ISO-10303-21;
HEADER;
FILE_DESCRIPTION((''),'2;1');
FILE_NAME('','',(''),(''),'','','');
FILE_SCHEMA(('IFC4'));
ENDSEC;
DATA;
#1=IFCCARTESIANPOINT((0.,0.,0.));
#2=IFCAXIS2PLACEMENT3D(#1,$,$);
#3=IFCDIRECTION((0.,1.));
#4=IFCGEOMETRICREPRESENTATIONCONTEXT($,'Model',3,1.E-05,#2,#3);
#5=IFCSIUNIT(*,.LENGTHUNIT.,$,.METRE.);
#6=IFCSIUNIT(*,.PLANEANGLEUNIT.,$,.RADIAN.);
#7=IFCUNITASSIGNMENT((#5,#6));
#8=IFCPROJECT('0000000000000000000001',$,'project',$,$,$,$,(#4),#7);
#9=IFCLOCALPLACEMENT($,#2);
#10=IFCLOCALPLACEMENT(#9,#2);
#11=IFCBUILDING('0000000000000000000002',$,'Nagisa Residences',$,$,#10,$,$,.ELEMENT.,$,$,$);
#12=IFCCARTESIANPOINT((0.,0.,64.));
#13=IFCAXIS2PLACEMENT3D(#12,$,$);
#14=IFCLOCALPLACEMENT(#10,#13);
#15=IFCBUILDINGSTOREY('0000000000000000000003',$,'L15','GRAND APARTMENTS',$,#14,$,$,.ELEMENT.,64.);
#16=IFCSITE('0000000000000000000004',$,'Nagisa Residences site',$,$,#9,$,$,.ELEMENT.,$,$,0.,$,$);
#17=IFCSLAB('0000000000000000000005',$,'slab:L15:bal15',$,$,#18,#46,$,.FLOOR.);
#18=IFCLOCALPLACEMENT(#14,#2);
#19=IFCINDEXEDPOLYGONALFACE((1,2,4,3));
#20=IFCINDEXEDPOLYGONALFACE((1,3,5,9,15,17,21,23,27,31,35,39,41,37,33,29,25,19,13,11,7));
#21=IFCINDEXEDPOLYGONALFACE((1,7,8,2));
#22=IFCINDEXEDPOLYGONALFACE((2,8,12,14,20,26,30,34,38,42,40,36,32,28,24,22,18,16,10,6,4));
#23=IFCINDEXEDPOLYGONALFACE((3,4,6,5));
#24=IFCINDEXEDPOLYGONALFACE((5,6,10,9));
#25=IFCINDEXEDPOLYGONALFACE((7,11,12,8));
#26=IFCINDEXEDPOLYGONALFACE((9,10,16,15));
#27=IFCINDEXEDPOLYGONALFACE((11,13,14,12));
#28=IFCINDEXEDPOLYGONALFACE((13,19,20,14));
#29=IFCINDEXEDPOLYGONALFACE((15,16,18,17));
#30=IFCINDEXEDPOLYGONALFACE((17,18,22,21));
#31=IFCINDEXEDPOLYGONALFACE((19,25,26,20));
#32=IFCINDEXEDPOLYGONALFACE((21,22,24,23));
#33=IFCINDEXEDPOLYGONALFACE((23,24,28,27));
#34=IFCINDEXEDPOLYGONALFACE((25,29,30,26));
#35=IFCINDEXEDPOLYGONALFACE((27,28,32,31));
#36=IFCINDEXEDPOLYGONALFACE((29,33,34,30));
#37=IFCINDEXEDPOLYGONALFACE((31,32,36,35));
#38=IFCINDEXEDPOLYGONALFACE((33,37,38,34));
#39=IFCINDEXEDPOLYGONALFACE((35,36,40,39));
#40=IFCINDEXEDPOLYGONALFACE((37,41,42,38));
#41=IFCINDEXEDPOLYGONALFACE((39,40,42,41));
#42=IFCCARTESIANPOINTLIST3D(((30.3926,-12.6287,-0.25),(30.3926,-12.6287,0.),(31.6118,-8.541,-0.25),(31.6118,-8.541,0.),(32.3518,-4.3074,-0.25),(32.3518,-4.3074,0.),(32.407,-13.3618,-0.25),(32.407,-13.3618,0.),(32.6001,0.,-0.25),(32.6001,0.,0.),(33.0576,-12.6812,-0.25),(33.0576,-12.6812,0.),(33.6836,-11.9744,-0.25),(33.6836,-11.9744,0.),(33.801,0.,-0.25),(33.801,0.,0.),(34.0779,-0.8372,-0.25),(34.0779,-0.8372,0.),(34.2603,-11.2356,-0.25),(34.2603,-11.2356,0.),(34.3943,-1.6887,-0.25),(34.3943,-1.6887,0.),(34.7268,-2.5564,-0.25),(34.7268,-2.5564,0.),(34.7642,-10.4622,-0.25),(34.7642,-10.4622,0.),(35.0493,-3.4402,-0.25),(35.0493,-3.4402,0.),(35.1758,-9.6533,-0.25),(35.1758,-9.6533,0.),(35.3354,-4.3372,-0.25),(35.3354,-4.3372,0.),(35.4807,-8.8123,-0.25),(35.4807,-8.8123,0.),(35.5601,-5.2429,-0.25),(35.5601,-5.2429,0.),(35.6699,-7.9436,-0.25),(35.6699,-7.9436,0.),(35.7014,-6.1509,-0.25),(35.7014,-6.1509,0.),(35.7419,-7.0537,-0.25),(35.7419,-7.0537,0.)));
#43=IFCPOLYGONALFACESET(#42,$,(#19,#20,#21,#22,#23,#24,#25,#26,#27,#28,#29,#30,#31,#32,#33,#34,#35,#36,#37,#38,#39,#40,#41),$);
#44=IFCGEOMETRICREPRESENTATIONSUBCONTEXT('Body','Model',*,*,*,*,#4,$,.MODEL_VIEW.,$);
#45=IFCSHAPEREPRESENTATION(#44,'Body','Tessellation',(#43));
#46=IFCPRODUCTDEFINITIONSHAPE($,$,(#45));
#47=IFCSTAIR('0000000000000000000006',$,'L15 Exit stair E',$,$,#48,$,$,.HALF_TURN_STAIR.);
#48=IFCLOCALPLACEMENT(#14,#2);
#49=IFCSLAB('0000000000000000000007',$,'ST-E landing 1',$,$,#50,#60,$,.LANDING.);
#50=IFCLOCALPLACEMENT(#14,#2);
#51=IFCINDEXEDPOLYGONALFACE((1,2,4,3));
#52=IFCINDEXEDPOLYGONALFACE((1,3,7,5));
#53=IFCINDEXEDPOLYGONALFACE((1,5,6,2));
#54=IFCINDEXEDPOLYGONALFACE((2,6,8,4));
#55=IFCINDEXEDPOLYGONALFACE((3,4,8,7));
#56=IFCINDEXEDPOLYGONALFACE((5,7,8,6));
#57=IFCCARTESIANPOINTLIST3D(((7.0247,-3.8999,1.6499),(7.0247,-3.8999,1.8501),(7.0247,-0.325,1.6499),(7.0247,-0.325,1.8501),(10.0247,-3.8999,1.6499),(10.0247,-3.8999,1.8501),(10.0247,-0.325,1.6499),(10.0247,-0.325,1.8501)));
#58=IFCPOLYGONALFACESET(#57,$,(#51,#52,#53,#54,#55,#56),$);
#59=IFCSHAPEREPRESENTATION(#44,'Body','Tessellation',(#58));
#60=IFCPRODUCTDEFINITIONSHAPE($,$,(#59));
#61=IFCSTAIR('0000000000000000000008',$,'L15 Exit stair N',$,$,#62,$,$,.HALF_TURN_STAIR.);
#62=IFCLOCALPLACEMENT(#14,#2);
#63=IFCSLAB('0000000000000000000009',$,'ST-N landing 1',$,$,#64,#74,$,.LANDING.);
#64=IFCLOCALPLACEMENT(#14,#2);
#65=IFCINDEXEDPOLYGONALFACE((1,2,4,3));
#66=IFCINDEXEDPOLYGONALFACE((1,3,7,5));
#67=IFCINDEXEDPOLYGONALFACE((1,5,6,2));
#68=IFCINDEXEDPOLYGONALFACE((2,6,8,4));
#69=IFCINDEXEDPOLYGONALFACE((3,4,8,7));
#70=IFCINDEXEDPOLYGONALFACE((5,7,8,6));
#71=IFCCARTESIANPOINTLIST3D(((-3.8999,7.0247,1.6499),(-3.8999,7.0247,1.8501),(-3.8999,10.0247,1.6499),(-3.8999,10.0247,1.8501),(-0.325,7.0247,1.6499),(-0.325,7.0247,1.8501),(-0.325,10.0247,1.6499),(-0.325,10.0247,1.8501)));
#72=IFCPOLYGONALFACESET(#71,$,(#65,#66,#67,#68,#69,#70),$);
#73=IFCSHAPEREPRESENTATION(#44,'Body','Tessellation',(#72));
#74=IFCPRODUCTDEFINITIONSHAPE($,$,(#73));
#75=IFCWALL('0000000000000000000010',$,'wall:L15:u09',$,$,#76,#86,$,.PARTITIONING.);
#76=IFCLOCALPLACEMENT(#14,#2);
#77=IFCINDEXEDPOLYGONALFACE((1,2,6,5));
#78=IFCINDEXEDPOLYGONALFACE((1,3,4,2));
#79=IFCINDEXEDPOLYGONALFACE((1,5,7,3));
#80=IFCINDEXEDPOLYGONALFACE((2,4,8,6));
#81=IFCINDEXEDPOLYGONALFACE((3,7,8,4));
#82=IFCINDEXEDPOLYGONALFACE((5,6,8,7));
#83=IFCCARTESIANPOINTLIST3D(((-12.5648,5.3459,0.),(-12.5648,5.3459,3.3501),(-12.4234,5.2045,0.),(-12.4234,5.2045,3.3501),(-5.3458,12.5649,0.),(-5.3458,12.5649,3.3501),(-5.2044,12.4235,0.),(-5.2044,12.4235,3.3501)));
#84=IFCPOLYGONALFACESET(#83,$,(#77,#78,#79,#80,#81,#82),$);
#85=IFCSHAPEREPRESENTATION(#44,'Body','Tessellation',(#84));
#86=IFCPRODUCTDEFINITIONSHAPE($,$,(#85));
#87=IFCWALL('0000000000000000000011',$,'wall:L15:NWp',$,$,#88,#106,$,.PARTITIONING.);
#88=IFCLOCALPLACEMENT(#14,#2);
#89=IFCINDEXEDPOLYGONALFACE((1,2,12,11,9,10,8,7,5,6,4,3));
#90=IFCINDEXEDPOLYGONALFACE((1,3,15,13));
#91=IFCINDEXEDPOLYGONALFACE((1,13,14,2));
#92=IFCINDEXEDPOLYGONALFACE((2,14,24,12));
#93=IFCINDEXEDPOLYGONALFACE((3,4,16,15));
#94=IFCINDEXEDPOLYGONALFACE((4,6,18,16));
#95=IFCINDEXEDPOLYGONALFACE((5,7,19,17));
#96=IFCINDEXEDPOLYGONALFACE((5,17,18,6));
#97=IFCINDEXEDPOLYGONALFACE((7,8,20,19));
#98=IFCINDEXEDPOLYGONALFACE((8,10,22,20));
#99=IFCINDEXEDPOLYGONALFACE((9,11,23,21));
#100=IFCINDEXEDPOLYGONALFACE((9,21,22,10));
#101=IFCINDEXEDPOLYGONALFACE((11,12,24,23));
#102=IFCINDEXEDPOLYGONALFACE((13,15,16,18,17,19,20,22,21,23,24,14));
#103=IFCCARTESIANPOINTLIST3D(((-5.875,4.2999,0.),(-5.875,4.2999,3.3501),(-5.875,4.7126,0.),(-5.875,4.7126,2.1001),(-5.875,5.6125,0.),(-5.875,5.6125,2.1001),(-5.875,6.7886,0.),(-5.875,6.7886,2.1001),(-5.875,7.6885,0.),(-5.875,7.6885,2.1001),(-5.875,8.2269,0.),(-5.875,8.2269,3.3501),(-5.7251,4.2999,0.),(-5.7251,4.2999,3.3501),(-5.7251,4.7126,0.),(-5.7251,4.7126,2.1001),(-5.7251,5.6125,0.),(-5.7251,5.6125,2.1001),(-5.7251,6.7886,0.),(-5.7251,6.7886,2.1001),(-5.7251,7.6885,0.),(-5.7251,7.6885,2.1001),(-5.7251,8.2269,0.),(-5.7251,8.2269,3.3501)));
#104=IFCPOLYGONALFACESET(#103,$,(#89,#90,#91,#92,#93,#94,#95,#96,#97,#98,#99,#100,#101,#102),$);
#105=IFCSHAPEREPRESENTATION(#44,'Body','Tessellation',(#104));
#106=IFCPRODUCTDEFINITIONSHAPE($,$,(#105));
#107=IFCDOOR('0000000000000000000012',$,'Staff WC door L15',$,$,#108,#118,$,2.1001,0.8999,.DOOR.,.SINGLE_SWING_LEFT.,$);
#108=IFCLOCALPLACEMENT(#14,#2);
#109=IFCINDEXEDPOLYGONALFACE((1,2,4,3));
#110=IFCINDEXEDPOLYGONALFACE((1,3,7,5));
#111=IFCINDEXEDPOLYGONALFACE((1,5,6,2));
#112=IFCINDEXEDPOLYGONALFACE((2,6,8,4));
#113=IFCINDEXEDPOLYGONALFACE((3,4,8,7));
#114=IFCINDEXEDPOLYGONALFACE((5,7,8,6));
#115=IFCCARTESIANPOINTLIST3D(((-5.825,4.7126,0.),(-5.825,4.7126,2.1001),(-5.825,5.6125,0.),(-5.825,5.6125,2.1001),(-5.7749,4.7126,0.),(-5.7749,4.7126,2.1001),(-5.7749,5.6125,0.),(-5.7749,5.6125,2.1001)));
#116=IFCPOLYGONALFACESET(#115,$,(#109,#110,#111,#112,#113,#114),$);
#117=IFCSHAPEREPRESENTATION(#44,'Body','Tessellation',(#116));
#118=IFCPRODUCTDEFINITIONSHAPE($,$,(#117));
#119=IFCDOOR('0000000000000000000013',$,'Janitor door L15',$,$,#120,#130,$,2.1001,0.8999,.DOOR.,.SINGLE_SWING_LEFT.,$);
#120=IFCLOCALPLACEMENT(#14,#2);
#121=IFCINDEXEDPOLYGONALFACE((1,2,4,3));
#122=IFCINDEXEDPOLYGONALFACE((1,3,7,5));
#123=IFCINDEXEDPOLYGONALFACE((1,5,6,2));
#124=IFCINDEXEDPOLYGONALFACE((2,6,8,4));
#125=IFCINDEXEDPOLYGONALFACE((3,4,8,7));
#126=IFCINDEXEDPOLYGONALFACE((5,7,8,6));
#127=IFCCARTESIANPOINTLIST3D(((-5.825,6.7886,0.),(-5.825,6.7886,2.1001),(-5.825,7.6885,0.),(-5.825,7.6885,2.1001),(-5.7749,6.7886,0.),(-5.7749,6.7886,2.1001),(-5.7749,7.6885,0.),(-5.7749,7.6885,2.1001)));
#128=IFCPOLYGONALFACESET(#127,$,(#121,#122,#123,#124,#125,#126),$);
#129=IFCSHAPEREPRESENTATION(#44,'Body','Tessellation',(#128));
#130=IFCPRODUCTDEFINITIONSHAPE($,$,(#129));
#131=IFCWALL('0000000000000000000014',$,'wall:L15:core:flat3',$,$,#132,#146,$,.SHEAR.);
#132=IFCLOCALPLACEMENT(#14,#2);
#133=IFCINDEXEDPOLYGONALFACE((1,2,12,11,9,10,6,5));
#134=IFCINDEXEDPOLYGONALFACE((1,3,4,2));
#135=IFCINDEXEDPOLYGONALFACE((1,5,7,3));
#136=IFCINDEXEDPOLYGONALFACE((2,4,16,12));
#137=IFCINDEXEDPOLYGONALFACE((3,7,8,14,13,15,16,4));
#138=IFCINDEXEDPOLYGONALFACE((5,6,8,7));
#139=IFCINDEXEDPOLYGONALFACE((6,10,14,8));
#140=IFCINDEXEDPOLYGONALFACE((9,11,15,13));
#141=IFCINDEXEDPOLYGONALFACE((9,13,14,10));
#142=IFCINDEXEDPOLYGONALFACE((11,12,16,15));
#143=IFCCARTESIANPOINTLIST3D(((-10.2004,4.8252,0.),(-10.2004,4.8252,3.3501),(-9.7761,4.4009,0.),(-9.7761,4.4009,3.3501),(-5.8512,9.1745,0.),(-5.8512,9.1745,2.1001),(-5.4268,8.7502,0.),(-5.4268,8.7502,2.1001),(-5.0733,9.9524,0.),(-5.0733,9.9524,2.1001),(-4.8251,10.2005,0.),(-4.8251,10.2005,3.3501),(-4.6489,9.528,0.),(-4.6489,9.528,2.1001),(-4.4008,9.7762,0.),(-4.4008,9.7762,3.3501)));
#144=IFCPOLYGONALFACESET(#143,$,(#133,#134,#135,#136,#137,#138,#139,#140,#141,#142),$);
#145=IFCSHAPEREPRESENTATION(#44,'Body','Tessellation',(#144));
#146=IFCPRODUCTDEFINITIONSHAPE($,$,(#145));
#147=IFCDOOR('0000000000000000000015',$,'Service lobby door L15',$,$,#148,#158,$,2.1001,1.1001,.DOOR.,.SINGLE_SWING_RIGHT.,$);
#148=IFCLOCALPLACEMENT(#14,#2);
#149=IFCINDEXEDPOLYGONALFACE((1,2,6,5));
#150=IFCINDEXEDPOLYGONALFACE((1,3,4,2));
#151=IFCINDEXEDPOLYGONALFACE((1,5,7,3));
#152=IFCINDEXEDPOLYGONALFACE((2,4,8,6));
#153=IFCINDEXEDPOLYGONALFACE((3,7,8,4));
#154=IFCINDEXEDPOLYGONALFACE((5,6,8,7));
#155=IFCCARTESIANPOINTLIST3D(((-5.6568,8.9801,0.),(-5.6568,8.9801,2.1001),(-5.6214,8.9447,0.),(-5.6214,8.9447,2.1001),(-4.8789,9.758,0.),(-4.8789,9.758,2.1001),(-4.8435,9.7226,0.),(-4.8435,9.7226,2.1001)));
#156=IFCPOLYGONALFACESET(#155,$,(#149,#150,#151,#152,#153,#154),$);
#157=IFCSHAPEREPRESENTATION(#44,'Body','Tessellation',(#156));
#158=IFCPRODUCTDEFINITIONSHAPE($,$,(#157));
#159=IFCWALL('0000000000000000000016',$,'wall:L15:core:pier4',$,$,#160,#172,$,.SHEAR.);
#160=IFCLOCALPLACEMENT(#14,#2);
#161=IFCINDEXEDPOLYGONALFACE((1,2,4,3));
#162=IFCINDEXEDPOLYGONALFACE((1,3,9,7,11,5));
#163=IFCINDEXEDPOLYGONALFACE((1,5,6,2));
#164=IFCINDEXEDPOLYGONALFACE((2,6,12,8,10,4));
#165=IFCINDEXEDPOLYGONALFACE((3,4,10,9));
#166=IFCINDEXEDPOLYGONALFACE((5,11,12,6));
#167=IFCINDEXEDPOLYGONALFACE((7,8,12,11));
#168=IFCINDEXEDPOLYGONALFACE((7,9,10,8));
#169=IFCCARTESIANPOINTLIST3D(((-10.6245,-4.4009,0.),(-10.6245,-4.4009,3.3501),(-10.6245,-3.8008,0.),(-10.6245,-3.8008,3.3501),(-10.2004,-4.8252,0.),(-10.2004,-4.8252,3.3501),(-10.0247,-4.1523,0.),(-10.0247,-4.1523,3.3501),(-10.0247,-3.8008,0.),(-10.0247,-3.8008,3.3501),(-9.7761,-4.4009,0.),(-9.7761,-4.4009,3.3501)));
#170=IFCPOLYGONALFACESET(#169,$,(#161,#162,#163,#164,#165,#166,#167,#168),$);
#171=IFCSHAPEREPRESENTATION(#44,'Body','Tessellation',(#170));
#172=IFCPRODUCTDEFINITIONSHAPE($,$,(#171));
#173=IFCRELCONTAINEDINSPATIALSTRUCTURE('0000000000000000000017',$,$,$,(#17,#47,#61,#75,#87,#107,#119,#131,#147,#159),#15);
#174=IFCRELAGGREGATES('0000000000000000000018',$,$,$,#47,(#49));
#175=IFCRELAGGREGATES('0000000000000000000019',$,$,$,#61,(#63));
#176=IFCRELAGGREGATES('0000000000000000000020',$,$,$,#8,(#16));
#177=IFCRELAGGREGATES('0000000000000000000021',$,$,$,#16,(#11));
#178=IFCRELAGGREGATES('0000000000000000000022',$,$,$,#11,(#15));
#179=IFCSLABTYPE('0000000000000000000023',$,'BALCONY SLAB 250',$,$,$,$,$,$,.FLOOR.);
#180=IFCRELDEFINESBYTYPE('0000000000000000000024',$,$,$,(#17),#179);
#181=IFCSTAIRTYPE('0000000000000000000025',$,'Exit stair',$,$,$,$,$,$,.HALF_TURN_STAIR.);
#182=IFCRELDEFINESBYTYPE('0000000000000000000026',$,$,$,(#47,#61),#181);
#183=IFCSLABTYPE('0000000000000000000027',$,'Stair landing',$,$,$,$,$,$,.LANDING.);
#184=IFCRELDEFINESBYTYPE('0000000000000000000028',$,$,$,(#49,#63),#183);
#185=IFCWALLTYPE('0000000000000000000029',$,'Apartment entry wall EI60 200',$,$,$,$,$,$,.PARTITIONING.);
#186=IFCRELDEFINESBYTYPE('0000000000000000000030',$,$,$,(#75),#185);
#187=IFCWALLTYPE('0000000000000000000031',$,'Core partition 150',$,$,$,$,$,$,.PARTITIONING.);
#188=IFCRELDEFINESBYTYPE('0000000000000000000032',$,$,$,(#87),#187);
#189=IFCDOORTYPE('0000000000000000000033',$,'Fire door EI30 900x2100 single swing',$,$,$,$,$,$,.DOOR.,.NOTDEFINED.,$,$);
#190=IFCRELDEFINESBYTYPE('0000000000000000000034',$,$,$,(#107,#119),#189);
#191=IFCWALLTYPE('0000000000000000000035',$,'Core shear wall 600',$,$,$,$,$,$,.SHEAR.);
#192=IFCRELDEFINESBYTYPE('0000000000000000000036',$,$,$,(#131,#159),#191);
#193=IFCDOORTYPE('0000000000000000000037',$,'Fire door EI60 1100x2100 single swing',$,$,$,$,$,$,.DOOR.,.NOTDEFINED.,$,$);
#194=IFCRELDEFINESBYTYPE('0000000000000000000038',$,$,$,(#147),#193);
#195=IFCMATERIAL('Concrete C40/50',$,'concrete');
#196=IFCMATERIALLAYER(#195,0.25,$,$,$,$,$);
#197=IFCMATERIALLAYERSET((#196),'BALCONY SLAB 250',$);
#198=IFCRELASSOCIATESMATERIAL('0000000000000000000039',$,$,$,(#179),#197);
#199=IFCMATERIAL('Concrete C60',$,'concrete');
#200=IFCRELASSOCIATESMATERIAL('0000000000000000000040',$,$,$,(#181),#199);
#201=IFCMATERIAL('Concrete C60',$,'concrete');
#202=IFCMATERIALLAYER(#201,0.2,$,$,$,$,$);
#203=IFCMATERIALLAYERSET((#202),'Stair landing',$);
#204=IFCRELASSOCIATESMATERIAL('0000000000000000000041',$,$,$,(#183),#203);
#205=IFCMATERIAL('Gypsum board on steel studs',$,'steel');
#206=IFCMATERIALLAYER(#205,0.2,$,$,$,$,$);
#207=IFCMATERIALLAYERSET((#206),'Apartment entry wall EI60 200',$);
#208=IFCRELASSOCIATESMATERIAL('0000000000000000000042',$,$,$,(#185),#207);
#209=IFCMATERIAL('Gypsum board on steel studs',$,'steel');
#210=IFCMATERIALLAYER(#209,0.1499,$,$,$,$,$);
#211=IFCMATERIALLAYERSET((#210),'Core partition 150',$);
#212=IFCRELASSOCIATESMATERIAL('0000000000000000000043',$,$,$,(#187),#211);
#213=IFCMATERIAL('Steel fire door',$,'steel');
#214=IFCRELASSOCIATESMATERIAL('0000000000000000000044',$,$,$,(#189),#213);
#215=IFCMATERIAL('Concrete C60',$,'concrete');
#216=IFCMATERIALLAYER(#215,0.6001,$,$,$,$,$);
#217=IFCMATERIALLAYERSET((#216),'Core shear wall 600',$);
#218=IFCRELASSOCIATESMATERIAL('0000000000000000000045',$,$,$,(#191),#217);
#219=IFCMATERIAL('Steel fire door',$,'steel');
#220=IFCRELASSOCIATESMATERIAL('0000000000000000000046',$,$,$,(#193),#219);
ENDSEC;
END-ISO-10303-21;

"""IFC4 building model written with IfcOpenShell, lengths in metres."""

from ifc_helpers import new_model, si_unit, direction, frame, frame_2d, origin, place, context, subcontext, project, spatial, polyline, rectangle, outline, extrude, material, layer, layer_set, type_object, element, fill, aggregate, save


model = new_model("IFC4")

# Units and contexts
model_context = context("Model", 3, precision=1e-05, world=origin(), true_north=direction((0.0, 1.0)))
body_context = subcontext(model_context, "Body", "Model", "MODEL_VIEW")
ifc_project = project(units=[si_unit("LENGTHUNIT", "METRE"), si_unit("PLANEANGLEUNIT", "RADIAN")], contexts=[model_context])

# Site, building, storey
site_placement = place(None, origin())
site = spatial("IfcSite", under=ifc_project, at=site_placement, Name="Nagisa Residences site", CompositionType="ELEMENT", RefElevation=0.0)
building_placement = place(site_placement, origin())
building = spatial("IfcBuilding", under=site, at=building_placement, Name="Nagisa Residences", CompositionType="ELEMENT")
storey_placement = place(building_placement, frame((0.0, 0.0, 64.0)))
storey = spatial("IfcBuildingStorey", under=building, at=storey_placement, Name="L15", Description="GRAND APARTMENTS", CompositionType="ELEMENT", Elevation=64.0)

# Slab
ifc_material_1 = material(Name="Concrete C40/50", Category="concrete")
ifc_layer_1 = layer(ifc_material_1, 0.25)
ifc_layer_set_1 = layer_set([ifc_layer_1], Name="BALCONY SLAB 250")
slab_type_1 = type_object("IfcSlabType", Name="BALCONY SLAB 250", PredefinedType="FLOOR", material=ifc_layer_set_1)
slab_1_placement = place(storey_placement, frame((0.0, 0.0, -0.25)))
element("IfcSlab", 1, at=slab_1_placement, inside=storey, type_object=slab_type_1, Name="slab:L15:bal15", PredefinedType="FLOOR", context=body_context, shape_type="SweptSolid", body=[
    extrude(outline(polyline([(32.407, -13.3618), (33.0576, -12.6812), (33.6836, -11.9744), (34.2603, -11.2356), (34.7642, -10.4622), (35.1758, -9.6533), (35.4807, -8.8123), (35.6699, -7.9436), (35.7419, -7.0537), (35.7014, -6.1509), (35.5601, -5.2429), (35.3354, -4.3372), (35.0493, -3.4402), (34.7268, -2.5564), (34.3943, -1.6887), (34.0779, -0.8372), (33.801, 0.0), (32.6001, 0.0), (32.3518, -4.3074), (31.6118, -8.541), (30.3926, -12.6287), (32.407, -13.3618)])), origin(), (0.0, 0.0, 1.0), 0.25),
])

# Stairs, slabs
ifc_material_2 = material(Name="Concrete C60", Category="concrete")
stair_type = type_object("IfcStairType", Name="Exit stair", PredefinedType="HALF_TURN_STAIR", material=ifc_material_2)
stair_1_placement = place(storey_placement, origin())
stair_1 = element("IfcStair", 2, at=stair_1_placement, inside=storey, type_object=stair_type, Name="L15 Exit stair E", PredefinedType="HALF_TURN_STAIR")
ifc_material_3 = material(Name="Concrete C60", Category="concrete")
ifc_layer_2 = layer(ifc_material_3, 0.2)
ifc_layer_set_2 = layer_set([ifc_layer_2], Name="Stair landing")
slab_type_2 = type_object("IfcSlabType", Name="Stair landing", PredefinedType="LANDING", material=ifc_layer_set_2)
slab_2_placement = place(storey_placement, frame((0.0, 0.0, 1.6499)))
slab_2 = element("IfcSlab", 3, at=slab_2_placement, type_object=slab_type_2, Name="ST-E landing 1", PredefinedType="LANDING", context=body_context, shape_type="SweptSolid", body=[
    extrude(outline(polyline([(7.0247, -0.325), (7.0247, -3.8999), (10.0247, -3.8999), (10.0247, -0.325), (7.0247, -0.325)])), origin(), (0.0, 0.0, 1.0), 0.2002),
])
aggregate(stair_1, [slab_2])
stair_2_placement = place(storey_placement, origin())
stair_2 = element("IfcStair", 4, at=stair_2_placement, inside=storey, type_object=stair_type, Name="L15 Exit stair N", PredefinedType="HALF_TURN_STAIR")
slab_3_placement = place(storey_placement, frame((0.0, 0.0, 1.6499)))
slab_3 = element("IfcSlab", 5, at=slab_3_placement, type_object=slab_type_2, Name="ST-N landing 1", PredefinedType="LANDING", context=body_context, shape_type="SweptSolid", body=[
    extrude(outline(polyline([(-0.325, 10.0247), (-3.8999, 10.0247), (-3.8999, 7.0247), (-0.325, 7.0247), (-0.325, 10.0247)])), origin(), (0.0, 0.0, 1.0), 0.2002),
])

# Wall
ifc_material_4 = material(Name="Gypsum board on steel studs", Category="steel")
ifc_layer_3 = layer(ifc_material_4, 0.2)
ifc_layer_set_3 = layer_set([ifc_layer_3], Name="Apartment entry wall EI60 200")
wall_type_1 = type_object("IfcWallType", Name="Apartment entry wall EI60 200", PredefinedType="PARTITIONING", material=ifc_layer_set_3)
wall_1_placement = place(storey_placement, frame((-5.2751, 12.4941, 0.0), z_axis=(0.0, 0.0, 1.0), x_axis=(-0.707107, -0.707107, 0.0)))
element("IfcWall", 6, at=wall_1_placement, inside=storey, type_object=wall_type_1, Name="wall:L15:u09", PredefinedType="PARTITIONING", context=body_context, shape_type="SweptSolid", body=[
    extrude(rectangle(XDim=10.2092, YDim=0.2, at=frame_2d((5.1045, 0.0))), origin(), (0.0, 0.0, 1.0), 3.3501),
])

# Wall, openings, doors
ifc_material_5 = material(Name="Gypsum board on steel studs", Category="steel")
ifc_layer_4 = layer(ifc_material_5, 0.1499)
ifc_layer_set_4 = layer_set([ifc_layer_4], Name="Core partition 150")
wall_type_2 = type_object("IfcWallType", Name="Core partition 150", PredefinedType="PARTITIONING", material=ifc_layer_set_4)
wall_2_placement = place(storey_placement, frame((-5.8, 4.3, 0.0), z_axis=(0.0, 0.0, 1.0), x_axis=(0.0, 1.0, 0.0)))
wall_2 = element("IfcWall", 7, at=wall_2_placement, inside=storey, type_object=wall_type_2, Name="wall:L15:NWp", PredefinedType="PARTITIONING", context=body_context, shape_type="SweptSolid", body=[
    extrude(rectangle(XDim=3.927, YDim=0.1499, at=frame_2d((1.9634, 0.0))), origin(), (0.0, 0.0, 1.0), 3.3501),
])
opening_1_placement = place(wall_2_placement, frame((0.4126, 0.0, 0.0)))
opening_1 = element("IfcOpeningElement", 8, at=opening_1_placement, cuts=wall_2, PredefinedType="OPENING", context=body_context, shape_type="SweptSolid", body=[
    extrude(rectangle(XDim=0.8999, YDim=2.1001, at=frame_2d((0.45, 1.05))), frame((0.0, 0.085, 0.0), z_axis=(0.0, -1.0, 0.0), x_axis=(1.0, 0.0, 0.0)), (0.0, 0.0, 1.0), 0.1699),
])
opening_2_placement = place(wall_2_placement, frame((2.4885, 0.0, 0.0)))
opening_2 = element("IfcOpeningElement", 9, at=opening_2_placement, cuts=wall_2, PredefinedType="OPENING", context=body_context, shape_type="SweptSolid", body=[
    extrude(rectangle(XDim=0.8999, YDim=2.1001, at=frame_2d((0.45, 1.05))), frame((0.0, 0.085, 0.0), z_axis=(0.0, -1.0, 0.0), x_axis=(1.0, 0.0, 0.0)), (0.0, 0.0, 1.0), 0.1699),
])
ifc_material_6 = material(Name="Steel fire door", Category="steel")
door_type_1 = type_object("IfcDoorType", Name="Fire door EI30 900x2100 single swing", OperationType="NOTDEFINED", PredefinedType="DOOR", material=ifc_material_6)
door_1_placement = place(opening_1_placement, origin())
door_1 = element("IfcDoor", 10, at=door_1_placement, inside=storey, type_object=door_type_1, Name="Staff WC door L15", OperationType="SINGLE_SWING_LEFT", OverallHeight=2.1001, OverallWidth=0.8999, PredefinedType="DOOR", context=body_context, shape_type="SweptSolid", body=[
    extrude(rectangle(XDim=0.8999, YDim=2.1001, at=frame_2d((0.45, 1.05))), frame((0.0, 0.0249, 0.0), z_axis=(0.0, -1.0, 0.0), x_axis=(1.0, 0.0, 0.0)), (0.0, 0.0, 1.0), 0.05),
])
fill(opening_1, door_1)
door_2_placement = place(opening_2_placement, origin())
door_2 = element("IfcDoor", 11, at=door_2_placement, inside=storey, type_object=door_type_1, Name="Janitor door L15", OperationType="SINGLE_SWING_LEFT", OverallHeight=2.1001, OverallWidth=0.8999, PredefinedType="DOOR", context=body_context, shape_type="SweptSolid", body=[
    extrude(rectangle(XDim=0.8999, YDim=2.1001, at=frame_2d((0.45, 1.05))), frame((0.0, 0.0249, 0.0), z_axis=(0.0, -1.0, 0.0), x_axis=(1.0, 0.0, 0.0)), (0.0, 0.0, 1.0), 0.05),
])
fill(opening_2, door_2)

# Wall, opening, door
ifc_material_7 = material(Name="Concrete C60", Category="concrete")
ifc_layer_5 = layer(ifc_material_7, 0.6001)
ifc_layer_set_5 = layer_set([ifc_layer_5], Name="Core shear wall 600")
wall_type_3 = type_object("IfcWallType", Name="Core shear wall 600", PredefinedType="SHEAR", material=ifc_layer_set_5)
wall_3_placement = place(storey_placement, frame((-4.613, 9.9883, 0.0), z_axis=(0.0, 0.0, 1.0), x_axis=(-0.707107, -0.707107, 0.0)))
wall_3 = element("IfcWall", 12, at=wall_3_placement, inside=storey, type_object=wall_type_3, Name="wall:L15:core:flat3", PredefinedType="SHEAR", context=body_context, shape_type="SweptSolid", body=[
    extrude(rectangle(XDim=7.6018, YDim=0.6001, at=frame_2d((3.8008, 0.0))), origin(), (0.0, 0.0, 1.0), 3.3501),
])
opening_3_placement = place(wall_3_placement, frame((0.3508, 0.0, 0.0)))
opening_3 = element("IfcOpeningElement", 13, at=opening_3_placement, cuts=wall_3, PredefinedType="OPENING", context=body_context, shape_type="SweptSolid", body=[
    extrude(rectangle(XDim=1.1001, YDim=2.1001, at=frame_2d((0.55, 1.05))), frame((0.0, 0.3101, 0.0), z_axis=(0.0, -1.0, 0.0), x_axis=(1.0, 0.0, 0.0)), (0.0, 0.0, 1.0), 0.6201),
])
ifc_material_8 = material(Name="Steel fire door", Category="steel")
door_type_2 = type_object("IfcDoorType", Name="Fire door EI60 1100x2100 single swing", OperationType="NOTDEFINED", PredefinedType="DOOR", material=ifc_material_8)
door_3_placement = place(opening_3_placement, origin())
door_3 = element("IfcDoor", 14, at=door_3_placement, inside=storey, type_object=door_type_2, Name="Service lobby door L15", OperationType="SINGLE_SWING_RIGHT", OverallHeight=2.1001, OverallWidth=1.1001, PredefinedType="DOOR", context=body_context, shape_type="SweptSolid", body=[
    extrude(rectangle(XDim=1.1001, YDim=2.1001, at=frame_2d((0.55, 1.05))), frame((0.0, 0.0249, 0.0), z_axis=(0.0, -1.0, 0.0), x_axis=(1.0, 0.0, 0.0)), (0.0, 0.0, 1.0), 0.05),
])
fill(opening_3, door_3)

# Wall
wall_4_placement = place(storey_placement, origin())
element("IfcWall", 15, at=wall_4_placement, inside=storey, type_object=wall_type_3, Name="wall:L15:core:pier4", PredefinedType="SHEAR", context=body_context, shape_type="SweptSolid", body=[
    extrude(outline(polyline([(-10.6245, -3.8008), (-10.0247, -3.8008), (-10.0247, -4.1523), (-9.7761, -4.4009), (-10.2004, -4.8252), (-10.6245, -4.4009), (-10.6245, -3.8008)])), origin(), (0.0, 0.0, 1.0), 3.3501),
])

aggregate(stair_2, [slab_3])

save(model, "model.ifc")
